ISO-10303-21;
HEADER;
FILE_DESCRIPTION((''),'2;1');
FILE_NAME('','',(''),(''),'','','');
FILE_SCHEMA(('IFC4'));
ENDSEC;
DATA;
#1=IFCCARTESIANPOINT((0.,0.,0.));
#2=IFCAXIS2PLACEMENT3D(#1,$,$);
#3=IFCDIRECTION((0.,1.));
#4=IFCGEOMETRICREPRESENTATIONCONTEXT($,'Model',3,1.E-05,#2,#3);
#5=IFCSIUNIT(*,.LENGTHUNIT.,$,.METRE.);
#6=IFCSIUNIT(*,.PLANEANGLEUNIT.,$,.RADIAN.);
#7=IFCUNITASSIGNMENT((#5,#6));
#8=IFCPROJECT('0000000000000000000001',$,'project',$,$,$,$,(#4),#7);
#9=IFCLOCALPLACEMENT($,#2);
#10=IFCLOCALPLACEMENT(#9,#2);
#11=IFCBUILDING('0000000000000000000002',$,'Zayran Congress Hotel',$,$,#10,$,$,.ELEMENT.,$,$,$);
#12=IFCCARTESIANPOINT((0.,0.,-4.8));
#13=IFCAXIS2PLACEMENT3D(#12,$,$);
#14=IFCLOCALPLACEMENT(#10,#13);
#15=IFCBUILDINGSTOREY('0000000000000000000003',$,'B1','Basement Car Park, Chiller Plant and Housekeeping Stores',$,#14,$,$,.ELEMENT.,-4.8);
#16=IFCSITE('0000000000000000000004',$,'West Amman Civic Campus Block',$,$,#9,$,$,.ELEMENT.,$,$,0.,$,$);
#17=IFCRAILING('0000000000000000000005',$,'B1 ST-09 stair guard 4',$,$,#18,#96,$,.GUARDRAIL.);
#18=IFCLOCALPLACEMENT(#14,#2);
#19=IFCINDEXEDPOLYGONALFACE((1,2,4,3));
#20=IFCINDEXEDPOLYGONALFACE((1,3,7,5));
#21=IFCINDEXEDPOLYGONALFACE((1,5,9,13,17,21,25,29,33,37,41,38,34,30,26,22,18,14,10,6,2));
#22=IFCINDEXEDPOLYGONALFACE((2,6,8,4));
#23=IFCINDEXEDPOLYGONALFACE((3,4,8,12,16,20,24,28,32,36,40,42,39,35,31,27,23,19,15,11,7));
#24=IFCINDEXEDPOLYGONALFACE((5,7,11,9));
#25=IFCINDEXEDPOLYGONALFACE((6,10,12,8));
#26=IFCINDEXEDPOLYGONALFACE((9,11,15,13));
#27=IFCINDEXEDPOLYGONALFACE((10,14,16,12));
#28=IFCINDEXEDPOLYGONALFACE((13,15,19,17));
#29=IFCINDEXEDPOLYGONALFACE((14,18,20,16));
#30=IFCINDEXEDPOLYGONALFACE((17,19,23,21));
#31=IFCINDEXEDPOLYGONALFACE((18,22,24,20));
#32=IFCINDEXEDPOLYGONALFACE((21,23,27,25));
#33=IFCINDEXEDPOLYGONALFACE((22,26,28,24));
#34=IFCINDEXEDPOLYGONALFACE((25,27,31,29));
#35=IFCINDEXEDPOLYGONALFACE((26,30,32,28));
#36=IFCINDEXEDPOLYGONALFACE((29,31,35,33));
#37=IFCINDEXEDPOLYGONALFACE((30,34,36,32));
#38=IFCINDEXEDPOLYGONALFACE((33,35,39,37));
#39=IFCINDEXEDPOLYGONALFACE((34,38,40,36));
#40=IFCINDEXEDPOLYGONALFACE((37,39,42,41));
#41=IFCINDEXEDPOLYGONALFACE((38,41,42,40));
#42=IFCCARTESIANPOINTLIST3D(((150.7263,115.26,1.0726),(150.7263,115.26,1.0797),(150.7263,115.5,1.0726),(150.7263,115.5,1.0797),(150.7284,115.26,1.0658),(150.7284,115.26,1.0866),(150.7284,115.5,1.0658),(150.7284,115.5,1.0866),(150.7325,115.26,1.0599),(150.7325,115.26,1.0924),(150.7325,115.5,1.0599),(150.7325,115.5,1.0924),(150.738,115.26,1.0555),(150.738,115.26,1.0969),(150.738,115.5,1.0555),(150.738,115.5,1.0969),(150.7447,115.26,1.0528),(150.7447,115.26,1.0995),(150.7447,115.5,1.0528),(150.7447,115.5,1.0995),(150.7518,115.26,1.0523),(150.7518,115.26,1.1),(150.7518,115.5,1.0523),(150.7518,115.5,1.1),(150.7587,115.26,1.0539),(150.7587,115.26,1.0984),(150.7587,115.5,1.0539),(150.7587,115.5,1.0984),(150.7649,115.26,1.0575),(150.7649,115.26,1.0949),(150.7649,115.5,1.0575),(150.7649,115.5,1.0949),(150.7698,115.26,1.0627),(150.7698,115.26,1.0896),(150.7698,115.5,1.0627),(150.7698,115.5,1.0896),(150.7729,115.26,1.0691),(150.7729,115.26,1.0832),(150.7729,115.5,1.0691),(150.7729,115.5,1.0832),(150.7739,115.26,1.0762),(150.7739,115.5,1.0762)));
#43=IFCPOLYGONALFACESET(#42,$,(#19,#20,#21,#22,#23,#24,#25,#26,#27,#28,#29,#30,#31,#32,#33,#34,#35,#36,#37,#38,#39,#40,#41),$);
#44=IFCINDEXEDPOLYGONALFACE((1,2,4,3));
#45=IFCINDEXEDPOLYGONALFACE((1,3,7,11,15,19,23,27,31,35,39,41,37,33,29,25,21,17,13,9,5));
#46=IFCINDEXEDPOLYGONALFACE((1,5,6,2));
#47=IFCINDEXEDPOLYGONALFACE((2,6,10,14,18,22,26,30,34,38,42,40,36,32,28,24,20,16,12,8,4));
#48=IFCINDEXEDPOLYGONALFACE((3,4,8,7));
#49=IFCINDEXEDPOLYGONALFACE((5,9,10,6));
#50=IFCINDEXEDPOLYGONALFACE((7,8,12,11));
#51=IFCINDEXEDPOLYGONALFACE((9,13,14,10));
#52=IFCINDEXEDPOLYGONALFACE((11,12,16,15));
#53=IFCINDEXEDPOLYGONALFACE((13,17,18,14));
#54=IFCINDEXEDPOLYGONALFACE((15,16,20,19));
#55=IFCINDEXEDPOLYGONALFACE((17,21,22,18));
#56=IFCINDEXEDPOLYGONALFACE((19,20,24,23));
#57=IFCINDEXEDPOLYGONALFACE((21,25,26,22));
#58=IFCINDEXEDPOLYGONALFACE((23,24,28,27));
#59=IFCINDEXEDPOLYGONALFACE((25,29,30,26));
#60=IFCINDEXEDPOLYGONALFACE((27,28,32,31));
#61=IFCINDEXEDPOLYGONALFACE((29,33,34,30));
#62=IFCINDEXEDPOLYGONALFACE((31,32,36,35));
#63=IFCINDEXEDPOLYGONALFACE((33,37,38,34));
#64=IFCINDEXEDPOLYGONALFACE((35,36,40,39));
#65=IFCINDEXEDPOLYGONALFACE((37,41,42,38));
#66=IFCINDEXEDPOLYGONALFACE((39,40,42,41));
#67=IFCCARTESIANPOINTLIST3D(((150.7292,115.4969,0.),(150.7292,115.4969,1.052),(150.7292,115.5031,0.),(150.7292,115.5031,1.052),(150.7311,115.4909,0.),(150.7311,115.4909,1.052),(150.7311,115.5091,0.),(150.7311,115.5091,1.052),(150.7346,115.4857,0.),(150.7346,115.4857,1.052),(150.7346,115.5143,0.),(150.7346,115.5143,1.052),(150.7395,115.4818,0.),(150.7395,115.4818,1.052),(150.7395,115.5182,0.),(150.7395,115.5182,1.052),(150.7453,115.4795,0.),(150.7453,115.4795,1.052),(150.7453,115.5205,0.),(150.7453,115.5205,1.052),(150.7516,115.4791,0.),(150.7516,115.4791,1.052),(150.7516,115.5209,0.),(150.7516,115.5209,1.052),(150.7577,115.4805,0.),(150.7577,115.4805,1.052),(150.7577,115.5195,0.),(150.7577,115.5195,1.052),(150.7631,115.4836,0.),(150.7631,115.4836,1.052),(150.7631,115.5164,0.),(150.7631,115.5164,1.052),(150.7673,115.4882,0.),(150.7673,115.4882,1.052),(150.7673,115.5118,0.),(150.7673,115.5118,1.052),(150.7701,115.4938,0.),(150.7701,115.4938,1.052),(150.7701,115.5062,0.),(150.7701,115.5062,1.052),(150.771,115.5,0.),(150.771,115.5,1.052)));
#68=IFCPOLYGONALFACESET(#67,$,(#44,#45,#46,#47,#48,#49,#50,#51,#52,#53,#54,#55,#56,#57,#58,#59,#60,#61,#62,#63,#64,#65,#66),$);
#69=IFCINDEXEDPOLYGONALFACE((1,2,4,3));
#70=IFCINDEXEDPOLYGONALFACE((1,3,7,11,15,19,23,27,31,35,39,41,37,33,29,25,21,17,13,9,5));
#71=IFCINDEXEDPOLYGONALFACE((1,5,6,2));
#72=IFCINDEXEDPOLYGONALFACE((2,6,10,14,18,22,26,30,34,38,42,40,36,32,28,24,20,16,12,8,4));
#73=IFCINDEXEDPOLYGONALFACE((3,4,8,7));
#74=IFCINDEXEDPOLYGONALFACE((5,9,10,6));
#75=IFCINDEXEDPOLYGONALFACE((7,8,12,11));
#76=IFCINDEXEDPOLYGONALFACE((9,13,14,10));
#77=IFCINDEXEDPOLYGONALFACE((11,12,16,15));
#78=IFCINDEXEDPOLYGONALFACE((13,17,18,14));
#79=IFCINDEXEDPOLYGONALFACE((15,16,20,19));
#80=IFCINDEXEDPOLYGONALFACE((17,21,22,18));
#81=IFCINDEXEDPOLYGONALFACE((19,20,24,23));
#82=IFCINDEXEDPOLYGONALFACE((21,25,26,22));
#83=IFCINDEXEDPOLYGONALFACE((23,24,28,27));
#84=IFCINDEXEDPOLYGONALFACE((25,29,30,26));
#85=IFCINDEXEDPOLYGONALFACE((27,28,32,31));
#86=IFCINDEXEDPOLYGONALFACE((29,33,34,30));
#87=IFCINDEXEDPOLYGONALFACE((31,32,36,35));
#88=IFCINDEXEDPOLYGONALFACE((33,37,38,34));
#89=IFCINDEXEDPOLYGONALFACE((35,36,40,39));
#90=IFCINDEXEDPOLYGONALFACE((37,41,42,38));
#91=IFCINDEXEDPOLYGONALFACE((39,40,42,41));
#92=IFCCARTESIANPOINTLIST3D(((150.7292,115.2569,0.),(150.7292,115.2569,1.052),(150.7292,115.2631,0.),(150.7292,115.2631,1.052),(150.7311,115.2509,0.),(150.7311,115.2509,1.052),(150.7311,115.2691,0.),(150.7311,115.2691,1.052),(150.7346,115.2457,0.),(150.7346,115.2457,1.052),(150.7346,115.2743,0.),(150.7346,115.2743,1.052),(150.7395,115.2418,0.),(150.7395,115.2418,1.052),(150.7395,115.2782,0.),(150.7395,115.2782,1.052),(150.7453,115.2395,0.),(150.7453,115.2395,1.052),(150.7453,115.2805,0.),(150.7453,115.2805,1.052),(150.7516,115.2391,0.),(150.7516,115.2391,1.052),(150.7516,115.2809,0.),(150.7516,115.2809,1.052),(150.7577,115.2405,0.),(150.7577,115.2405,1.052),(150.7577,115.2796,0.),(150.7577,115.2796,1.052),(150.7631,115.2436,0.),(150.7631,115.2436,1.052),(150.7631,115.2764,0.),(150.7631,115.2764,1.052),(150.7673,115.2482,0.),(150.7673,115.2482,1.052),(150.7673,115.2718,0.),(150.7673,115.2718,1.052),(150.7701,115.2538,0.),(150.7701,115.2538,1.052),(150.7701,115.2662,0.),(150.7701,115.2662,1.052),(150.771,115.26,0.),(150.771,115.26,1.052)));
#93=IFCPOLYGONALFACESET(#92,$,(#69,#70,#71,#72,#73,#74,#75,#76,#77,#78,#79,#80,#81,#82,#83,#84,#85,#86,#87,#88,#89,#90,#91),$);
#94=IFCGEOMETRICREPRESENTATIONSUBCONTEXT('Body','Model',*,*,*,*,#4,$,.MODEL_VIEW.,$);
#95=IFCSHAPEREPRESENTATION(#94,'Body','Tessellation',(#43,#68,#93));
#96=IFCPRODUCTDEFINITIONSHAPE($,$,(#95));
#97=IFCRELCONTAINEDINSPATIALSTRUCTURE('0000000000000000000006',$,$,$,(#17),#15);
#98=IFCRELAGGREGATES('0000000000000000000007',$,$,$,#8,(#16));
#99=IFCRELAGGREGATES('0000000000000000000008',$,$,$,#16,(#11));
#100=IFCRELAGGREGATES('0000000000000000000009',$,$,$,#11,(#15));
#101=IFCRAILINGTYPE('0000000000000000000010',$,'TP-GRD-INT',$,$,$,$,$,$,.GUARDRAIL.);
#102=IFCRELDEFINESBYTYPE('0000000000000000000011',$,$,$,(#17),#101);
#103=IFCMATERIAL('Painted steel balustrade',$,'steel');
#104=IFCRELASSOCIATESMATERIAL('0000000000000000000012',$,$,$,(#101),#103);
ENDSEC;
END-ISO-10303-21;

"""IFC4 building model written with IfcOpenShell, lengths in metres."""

from ifc_helpers import new_model, si_unit, direction, frame, origin, origin_2d, place, context, subcontext, project, spatial, circle, extrude, material, type_object, element, save


model = new_model("IFC4")

# Units and contexts
model_context = context("Model", 3, precision=1e-05, world=origin(), true_north=direction((0.0, 1.0)))
body_context = subcontext(model_context, "Body", "Model", "MODEL_VIEW")
ifc_project = project(units=[si_unit("LENGTHUNIT", "METRE"), si_unit("PLANEANGLEUNIT", "RADIAN")], contexts=[model_context])

# Site, building, storey
site_placement = place(None, origin())
site = spatial("IfcSite", under=ifc_project, at=site_placement, Name="West Amman Civic Campus Block", CompositionType="ELEMENT", RefElevation=0.0)
building_placement = place(site_placement, origin())
building = spatial("IfcBuilding", under=site, at=building_placement, Name="Zayran Congress Hotel", CompositionType="ELEMENT")
storey_placement = place(building_placement, frame((0.0, 0.0, -4.8)))
storey = spatial("IfcBuildingStorey", under=building, at=storey_placement, Name="B1", Description="Basement Car Park, Chiller Plant and Housekeeping Stores", CompositionType="ELEMENT", Elevation=-4.8)

# Railing
ifc_material_1 = material(Name="Painted steel balustrade", Category="steel")
railing_type_1 = type_object("IfcRailingType", Name="TP-GRD-INT", PredefinedType="GUARDRAIL", material=ifc_material_1)
railing_1_placement = place(storey_placement, frame((150.75, 115.5, 0.0)))
element("IfcRailing", 1, at=railing_1_placement, inside=storey, type_object=railing_type_1, Name="B1 ST-09 stair guard 4", PredefinedType="GUARDRAIL", context=body_context, shape_type="SweptSolid", body=[
    extrude(circle(Radius=0.0239, at=origin_2d()), frame((0.0, 0.0, 1.0762), z_axis=(0.0, -1.0, 0.0), x_axis=(1.0, 0.0, 0.0)), (0.0, 0.0, 1.0), 0.24),
    extrude(circle(Radius=0.021, at=origin_2d()), origin(), (0.0, 0.0, 1.0), 1.052),
    extrude(circle(Radius=0.021, at=origin_2d()), frame((0.0, -0.24, 0.0)), (0.0, 0.0, 1.0), 1.052),
])

save(model, "model.ifc")
